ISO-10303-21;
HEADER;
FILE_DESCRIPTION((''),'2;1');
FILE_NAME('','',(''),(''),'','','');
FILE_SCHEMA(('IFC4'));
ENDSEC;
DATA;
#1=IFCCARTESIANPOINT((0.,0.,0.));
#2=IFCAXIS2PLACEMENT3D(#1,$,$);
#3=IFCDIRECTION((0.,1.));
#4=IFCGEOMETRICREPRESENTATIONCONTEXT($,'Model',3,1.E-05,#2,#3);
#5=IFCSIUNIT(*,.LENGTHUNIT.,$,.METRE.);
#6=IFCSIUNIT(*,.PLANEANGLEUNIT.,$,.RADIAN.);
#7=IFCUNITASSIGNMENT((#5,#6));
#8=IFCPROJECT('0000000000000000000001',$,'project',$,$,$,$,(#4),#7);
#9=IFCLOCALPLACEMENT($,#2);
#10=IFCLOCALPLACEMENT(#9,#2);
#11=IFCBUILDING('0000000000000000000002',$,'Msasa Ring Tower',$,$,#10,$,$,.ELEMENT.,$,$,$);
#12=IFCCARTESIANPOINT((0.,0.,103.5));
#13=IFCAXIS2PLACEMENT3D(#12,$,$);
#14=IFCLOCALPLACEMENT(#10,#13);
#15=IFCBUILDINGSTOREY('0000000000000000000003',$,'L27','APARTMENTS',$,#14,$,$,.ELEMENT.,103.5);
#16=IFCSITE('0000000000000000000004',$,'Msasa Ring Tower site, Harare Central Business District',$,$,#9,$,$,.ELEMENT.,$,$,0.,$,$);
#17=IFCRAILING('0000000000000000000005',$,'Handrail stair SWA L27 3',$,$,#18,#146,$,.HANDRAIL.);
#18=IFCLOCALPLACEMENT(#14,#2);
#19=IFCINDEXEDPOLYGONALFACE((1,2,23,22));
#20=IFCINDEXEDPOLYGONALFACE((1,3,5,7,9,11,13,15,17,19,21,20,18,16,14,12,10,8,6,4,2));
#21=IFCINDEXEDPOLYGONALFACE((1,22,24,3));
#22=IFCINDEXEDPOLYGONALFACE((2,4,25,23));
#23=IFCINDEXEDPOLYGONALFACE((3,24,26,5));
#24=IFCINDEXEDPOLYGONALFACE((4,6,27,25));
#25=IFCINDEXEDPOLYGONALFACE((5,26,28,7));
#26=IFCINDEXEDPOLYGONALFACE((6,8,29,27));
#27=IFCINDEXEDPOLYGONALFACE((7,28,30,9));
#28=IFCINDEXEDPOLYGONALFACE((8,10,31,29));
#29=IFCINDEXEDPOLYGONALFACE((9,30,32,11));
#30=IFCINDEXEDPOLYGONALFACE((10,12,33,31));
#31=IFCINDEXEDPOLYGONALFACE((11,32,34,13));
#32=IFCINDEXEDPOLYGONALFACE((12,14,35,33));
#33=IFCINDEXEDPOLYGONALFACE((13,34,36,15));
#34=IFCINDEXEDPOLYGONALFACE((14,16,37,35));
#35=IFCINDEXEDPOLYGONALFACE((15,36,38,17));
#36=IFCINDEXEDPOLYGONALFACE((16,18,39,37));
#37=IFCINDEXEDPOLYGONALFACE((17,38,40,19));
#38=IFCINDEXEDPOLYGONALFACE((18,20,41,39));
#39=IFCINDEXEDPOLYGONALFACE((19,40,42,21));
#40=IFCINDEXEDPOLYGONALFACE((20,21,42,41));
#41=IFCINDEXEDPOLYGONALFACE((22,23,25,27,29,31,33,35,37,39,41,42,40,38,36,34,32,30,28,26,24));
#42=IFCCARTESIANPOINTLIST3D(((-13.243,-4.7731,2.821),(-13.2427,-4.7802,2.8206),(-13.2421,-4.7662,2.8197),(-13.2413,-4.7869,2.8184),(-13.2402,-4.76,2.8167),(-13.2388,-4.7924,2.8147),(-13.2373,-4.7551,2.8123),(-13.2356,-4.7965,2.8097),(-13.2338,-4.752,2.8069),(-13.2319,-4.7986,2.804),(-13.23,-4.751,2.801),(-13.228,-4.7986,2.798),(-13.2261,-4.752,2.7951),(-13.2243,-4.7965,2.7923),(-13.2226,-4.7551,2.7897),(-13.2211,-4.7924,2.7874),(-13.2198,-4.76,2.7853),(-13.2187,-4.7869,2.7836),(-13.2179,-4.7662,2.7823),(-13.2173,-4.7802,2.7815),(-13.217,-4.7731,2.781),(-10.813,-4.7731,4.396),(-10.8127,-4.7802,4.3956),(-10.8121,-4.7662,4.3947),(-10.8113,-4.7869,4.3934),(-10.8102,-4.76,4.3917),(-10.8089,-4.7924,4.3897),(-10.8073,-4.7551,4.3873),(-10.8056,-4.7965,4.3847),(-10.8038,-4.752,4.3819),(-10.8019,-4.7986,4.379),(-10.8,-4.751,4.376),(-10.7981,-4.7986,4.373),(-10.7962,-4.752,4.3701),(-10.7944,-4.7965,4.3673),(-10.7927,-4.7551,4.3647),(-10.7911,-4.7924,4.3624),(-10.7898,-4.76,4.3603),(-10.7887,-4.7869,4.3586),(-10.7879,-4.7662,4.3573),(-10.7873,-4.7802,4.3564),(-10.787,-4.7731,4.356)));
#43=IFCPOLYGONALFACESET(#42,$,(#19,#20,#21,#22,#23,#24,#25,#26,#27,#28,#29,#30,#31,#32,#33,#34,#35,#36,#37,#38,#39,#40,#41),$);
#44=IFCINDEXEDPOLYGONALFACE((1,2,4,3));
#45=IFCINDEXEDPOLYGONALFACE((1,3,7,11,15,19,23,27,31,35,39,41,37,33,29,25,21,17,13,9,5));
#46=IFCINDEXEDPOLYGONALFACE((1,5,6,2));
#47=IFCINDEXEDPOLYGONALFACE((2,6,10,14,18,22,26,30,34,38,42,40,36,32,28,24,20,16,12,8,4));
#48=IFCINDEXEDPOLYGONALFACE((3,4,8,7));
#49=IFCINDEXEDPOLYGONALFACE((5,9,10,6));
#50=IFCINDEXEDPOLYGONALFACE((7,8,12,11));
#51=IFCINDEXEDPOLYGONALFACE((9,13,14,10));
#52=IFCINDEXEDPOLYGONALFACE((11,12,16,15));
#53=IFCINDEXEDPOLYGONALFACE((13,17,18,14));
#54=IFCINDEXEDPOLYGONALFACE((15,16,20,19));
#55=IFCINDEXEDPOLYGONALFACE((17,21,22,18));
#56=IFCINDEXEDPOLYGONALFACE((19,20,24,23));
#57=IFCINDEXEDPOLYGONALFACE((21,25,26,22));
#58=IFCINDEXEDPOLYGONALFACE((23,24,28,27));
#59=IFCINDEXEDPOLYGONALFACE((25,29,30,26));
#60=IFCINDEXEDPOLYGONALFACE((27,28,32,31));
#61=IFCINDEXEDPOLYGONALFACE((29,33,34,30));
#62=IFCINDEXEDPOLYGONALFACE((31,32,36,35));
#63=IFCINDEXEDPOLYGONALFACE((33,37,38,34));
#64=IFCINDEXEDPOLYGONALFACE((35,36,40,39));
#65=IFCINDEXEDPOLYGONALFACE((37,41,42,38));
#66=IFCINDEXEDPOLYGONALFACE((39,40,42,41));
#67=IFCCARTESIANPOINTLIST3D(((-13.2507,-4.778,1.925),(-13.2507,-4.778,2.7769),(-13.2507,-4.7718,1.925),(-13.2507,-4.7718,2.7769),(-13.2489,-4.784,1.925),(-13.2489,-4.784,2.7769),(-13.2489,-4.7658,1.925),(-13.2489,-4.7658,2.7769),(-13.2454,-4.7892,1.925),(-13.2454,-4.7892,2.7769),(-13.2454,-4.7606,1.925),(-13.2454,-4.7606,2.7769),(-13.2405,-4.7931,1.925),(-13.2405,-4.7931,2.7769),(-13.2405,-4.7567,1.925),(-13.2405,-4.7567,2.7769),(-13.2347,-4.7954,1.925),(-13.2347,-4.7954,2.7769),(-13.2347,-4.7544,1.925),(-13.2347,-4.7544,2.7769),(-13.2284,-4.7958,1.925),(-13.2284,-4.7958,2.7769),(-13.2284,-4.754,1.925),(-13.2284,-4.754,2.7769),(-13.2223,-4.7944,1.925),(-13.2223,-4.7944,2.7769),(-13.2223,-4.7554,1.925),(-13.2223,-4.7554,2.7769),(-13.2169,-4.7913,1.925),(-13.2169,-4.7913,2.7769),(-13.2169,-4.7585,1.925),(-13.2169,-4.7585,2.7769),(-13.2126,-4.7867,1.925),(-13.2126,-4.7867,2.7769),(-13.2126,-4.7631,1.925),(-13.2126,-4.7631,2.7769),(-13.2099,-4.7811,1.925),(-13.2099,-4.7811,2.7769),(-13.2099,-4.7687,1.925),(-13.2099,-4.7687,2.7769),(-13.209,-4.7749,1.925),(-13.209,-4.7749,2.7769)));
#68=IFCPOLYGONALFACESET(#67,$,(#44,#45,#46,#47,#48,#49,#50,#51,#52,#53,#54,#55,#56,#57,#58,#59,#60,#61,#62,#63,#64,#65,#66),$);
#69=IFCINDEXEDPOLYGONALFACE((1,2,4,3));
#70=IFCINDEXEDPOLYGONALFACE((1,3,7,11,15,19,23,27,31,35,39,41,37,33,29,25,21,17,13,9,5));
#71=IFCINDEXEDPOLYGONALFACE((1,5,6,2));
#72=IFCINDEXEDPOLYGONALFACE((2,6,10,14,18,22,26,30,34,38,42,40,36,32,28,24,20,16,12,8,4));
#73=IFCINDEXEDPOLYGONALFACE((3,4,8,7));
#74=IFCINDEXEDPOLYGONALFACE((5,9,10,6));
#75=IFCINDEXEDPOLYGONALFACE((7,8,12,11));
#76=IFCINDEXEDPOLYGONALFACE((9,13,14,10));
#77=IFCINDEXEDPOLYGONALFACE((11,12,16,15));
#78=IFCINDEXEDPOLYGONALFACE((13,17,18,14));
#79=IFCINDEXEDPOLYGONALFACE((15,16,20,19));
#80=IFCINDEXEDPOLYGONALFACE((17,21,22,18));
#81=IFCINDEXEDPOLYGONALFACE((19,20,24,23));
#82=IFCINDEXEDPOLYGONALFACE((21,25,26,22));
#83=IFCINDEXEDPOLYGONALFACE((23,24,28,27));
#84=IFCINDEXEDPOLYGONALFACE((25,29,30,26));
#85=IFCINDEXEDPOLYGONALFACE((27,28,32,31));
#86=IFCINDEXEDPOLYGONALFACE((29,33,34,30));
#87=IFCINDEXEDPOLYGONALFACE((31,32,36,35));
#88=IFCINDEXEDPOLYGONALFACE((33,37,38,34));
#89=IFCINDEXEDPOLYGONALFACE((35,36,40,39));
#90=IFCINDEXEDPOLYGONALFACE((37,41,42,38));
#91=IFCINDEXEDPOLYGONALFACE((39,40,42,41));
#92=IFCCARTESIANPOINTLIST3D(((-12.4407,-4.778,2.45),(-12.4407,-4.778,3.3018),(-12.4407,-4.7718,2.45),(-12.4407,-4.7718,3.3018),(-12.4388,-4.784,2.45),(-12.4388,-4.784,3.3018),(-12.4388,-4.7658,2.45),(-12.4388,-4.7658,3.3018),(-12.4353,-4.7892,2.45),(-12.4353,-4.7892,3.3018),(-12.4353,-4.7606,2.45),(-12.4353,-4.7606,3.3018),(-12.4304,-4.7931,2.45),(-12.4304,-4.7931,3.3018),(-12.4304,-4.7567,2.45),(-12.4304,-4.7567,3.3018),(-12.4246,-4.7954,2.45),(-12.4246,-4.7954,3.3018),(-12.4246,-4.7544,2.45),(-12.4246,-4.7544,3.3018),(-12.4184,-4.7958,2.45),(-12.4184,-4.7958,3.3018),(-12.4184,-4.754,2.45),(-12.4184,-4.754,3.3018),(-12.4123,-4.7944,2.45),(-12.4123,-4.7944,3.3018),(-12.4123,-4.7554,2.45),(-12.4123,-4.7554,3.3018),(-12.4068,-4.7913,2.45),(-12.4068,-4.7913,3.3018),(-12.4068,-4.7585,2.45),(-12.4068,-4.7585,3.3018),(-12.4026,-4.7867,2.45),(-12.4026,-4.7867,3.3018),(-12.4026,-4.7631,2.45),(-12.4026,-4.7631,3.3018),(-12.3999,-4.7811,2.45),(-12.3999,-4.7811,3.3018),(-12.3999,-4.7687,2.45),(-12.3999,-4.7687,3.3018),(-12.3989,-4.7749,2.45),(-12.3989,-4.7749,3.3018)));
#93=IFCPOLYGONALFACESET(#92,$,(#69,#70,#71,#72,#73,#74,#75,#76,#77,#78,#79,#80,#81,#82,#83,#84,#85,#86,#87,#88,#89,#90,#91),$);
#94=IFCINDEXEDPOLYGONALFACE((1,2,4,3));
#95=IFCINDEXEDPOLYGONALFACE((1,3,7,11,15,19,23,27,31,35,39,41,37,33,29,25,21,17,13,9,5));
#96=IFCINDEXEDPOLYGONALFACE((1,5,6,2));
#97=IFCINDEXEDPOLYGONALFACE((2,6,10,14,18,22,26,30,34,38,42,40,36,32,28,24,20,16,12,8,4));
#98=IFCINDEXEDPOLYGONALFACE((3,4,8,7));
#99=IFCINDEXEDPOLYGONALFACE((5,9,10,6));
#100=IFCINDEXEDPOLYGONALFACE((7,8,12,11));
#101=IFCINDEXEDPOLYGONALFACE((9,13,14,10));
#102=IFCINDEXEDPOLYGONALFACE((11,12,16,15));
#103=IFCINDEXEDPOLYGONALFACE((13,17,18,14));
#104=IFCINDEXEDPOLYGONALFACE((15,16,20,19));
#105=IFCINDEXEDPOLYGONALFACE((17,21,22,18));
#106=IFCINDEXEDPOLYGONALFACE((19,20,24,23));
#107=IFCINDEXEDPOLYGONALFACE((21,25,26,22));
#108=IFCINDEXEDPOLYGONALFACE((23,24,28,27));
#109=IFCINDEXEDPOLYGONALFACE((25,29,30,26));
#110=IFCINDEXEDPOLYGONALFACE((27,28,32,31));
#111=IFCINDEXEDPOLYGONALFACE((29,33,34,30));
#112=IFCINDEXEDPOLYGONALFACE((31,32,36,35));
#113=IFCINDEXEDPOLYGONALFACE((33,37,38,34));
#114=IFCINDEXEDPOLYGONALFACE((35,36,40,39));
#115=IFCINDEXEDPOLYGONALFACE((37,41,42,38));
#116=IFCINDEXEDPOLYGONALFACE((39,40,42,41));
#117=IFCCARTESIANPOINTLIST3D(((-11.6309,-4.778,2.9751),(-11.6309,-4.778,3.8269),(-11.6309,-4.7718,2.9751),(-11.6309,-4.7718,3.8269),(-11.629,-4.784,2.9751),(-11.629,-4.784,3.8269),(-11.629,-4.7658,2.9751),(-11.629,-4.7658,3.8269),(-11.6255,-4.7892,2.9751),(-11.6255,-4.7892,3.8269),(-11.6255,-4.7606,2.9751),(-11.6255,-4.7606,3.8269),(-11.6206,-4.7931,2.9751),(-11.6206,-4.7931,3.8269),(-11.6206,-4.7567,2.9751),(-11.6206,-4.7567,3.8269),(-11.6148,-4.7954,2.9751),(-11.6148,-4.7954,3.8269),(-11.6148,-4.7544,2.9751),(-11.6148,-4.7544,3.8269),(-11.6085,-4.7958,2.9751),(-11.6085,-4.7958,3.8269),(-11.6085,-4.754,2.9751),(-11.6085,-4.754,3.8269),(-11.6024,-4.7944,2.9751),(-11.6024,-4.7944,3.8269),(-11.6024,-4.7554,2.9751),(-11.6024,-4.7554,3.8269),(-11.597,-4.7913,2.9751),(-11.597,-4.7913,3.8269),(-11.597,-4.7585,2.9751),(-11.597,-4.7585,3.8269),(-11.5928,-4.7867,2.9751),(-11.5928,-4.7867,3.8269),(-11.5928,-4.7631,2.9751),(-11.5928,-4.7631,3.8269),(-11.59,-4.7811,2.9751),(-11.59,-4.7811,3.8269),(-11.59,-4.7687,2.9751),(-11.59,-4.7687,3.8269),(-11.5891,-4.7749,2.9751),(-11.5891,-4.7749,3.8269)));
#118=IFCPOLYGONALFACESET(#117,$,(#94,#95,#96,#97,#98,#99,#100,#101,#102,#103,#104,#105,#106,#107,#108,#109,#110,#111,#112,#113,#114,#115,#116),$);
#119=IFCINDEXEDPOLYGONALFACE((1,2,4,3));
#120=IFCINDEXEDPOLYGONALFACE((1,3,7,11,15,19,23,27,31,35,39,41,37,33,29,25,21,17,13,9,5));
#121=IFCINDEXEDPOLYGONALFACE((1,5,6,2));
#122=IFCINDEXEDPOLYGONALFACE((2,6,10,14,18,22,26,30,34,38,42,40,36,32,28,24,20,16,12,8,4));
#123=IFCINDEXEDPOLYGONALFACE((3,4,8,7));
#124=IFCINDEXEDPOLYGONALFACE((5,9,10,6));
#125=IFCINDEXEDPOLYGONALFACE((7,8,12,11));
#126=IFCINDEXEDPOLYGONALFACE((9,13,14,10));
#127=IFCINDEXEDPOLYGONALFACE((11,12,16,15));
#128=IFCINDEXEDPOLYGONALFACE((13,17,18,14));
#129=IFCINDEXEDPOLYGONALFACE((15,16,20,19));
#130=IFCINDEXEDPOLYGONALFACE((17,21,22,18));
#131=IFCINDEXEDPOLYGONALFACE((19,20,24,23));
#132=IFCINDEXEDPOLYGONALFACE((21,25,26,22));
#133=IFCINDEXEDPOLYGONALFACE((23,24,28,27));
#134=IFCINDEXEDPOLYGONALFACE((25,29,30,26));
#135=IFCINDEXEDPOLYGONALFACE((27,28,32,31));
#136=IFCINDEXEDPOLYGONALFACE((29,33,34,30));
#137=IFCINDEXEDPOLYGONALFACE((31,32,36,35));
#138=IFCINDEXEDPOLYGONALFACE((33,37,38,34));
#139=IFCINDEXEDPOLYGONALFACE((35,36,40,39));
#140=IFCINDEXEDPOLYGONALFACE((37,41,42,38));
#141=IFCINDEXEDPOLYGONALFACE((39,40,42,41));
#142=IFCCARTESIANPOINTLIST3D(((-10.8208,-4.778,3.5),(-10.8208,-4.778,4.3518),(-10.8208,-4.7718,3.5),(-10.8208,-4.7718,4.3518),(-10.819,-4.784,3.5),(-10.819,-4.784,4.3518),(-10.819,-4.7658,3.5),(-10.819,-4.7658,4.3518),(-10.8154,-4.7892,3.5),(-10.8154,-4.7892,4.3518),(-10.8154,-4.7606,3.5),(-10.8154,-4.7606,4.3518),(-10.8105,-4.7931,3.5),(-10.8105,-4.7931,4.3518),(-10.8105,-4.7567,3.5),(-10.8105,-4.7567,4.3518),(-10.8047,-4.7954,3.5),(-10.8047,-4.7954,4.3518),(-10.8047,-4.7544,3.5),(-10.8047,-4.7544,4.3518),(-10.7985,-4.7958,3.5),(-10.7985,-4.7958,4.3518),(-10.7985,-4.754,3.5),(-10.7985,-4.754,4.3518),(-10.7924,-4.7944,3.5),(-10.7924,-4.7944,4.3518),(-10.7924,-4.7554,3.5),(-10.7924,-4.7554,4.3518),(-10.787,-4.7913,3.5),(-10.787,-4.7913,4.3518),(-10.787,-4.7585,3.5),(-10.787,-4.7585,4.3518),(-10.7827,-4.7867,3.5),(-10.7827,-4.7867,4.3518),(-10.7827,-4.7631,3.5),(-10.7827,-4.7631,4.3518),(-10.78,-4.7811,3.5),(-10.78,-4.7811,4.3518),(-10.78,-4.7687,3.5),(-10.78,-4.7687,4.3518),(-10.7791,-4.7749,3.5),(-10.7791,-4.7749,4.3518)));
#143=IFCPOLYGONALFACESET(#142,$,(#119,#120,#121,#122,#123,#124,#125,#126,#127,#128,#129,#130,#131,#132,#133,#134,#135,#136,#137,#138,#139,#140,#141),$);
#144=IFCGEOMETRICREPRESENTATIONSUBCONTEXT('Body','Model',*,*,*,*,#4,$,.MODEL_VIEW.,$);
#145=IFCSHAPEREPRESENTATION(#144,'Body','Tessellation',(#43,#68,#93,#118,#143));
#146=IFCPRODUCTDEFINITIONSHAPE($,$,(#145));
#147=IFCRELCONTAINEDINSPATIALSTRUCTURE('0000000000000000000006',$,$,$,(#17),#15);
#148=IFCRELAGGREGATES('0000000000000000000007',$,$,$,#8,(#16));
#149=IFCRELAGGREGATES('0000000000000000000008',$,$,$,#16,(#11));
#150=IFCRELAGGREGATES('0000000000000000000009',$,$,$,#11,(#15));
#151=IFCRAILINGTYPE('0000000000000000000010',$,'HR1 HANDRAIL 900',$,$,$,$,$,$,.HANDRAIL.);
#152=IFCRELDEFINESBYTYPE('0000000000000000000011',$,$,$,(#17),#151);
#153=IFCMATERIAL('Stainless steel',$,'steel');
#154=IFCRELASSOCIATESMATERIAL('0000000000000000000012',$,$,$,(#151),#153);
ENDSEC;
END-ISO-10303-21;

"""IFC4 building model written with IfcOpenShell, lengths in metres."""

from ifc_helpers import new_model, si_unit, direction, frame, origin, origin_2d, place, context, subcontext, project, spatial, circle, extrude, material, type_object, element, save


model = new_model("IFC4")

# Units and contexts
model_context = context("Model", 3, precision=1e-05, world=origin(), true_north=direction((0.0, 1.0)))
body_context = subcontext(model_context, "Body", "Model", "MODEL_VIEW")
ifc_project = project(units=[si_unit("LENGTHUNIT", "METRE"), si_unit("PLANEANGLEUNIT", "RADIAN")], contexts=[model_context])

# Site, building, storey
site_placement = place(None, origin())
site = spatial("IfcSite", under=ifc_project, at=site_placement, Name="Msasa Ring Tower site, Harare Central Business District", CompositionType="ELEMENT", RefElevation=0.0)
building_placement = place(site_placement, origin())
building = spatial("IfcBuilding", under=site, at=building_placement, Name="Msasa Ring Tower", CompositionType="ELEMENT")
storey_placement = place(building_placement, frame((0.0, 0.0, 103.5)))
storey = spatial("IfcBuildingStorey", under=building, at=storey_placement, Name="L27", Description="APARTMENTS", CompositionType="ELEMENT", Elevation=103.5)

# Railing
ifc_material_1 = material(Name="Stainless steel", Category="steel")
railing_type = type_object("IfcRailingType", Name="HR1 HANDRAIL 900", PredefinedType="HANDRAIL", material=ifc_material_1)
for number, where, name in (
    (1, (-13.23, -4.7749, 1.925), "Handrail stair SWA L27 3"),
):
    element("IfcRailing", number, at=place(storey_placement, frame(where)), inside=storey, type_object=railing_type, Name=name, PredefinedType="HANDRAIL", context=body_context, shape_type="SweptSolid", body=[
        extrude(circle(Radius=0.0239, at=origin_2d()), frame((0.0, 0.0, 0.876), z_axis=(0.839154, 0.0, 0.543894), x_axis=(0.0, 1.0, 0.0)), (0.0, 0.0, 1.0), 2.8958),
        extrude(circle(Radius=0.021, at=origin_2d()), origin(), (0.0, 0.0, 1.0), 0.8518),
        extrude(circle(Radius=0.021, at=origin_2d()), frame((0.8101, 0.0, 0.5249)), (0.0, 0.0, 1.0), 0.8518),
        extrude(circle(Radius=0.021, at=origin_2d()), frame((1.6199, 0.0, 1.05)), (0.0, 0.0, 1.0), 0.8518),
        extrude(circle(Radius=0.021, at=origin_2d()), frame((2.4299, 0.0, 1.575)), (0.0, 0.0, 1.0), 0.8518),
    ])

save(model, "model.ifc")
